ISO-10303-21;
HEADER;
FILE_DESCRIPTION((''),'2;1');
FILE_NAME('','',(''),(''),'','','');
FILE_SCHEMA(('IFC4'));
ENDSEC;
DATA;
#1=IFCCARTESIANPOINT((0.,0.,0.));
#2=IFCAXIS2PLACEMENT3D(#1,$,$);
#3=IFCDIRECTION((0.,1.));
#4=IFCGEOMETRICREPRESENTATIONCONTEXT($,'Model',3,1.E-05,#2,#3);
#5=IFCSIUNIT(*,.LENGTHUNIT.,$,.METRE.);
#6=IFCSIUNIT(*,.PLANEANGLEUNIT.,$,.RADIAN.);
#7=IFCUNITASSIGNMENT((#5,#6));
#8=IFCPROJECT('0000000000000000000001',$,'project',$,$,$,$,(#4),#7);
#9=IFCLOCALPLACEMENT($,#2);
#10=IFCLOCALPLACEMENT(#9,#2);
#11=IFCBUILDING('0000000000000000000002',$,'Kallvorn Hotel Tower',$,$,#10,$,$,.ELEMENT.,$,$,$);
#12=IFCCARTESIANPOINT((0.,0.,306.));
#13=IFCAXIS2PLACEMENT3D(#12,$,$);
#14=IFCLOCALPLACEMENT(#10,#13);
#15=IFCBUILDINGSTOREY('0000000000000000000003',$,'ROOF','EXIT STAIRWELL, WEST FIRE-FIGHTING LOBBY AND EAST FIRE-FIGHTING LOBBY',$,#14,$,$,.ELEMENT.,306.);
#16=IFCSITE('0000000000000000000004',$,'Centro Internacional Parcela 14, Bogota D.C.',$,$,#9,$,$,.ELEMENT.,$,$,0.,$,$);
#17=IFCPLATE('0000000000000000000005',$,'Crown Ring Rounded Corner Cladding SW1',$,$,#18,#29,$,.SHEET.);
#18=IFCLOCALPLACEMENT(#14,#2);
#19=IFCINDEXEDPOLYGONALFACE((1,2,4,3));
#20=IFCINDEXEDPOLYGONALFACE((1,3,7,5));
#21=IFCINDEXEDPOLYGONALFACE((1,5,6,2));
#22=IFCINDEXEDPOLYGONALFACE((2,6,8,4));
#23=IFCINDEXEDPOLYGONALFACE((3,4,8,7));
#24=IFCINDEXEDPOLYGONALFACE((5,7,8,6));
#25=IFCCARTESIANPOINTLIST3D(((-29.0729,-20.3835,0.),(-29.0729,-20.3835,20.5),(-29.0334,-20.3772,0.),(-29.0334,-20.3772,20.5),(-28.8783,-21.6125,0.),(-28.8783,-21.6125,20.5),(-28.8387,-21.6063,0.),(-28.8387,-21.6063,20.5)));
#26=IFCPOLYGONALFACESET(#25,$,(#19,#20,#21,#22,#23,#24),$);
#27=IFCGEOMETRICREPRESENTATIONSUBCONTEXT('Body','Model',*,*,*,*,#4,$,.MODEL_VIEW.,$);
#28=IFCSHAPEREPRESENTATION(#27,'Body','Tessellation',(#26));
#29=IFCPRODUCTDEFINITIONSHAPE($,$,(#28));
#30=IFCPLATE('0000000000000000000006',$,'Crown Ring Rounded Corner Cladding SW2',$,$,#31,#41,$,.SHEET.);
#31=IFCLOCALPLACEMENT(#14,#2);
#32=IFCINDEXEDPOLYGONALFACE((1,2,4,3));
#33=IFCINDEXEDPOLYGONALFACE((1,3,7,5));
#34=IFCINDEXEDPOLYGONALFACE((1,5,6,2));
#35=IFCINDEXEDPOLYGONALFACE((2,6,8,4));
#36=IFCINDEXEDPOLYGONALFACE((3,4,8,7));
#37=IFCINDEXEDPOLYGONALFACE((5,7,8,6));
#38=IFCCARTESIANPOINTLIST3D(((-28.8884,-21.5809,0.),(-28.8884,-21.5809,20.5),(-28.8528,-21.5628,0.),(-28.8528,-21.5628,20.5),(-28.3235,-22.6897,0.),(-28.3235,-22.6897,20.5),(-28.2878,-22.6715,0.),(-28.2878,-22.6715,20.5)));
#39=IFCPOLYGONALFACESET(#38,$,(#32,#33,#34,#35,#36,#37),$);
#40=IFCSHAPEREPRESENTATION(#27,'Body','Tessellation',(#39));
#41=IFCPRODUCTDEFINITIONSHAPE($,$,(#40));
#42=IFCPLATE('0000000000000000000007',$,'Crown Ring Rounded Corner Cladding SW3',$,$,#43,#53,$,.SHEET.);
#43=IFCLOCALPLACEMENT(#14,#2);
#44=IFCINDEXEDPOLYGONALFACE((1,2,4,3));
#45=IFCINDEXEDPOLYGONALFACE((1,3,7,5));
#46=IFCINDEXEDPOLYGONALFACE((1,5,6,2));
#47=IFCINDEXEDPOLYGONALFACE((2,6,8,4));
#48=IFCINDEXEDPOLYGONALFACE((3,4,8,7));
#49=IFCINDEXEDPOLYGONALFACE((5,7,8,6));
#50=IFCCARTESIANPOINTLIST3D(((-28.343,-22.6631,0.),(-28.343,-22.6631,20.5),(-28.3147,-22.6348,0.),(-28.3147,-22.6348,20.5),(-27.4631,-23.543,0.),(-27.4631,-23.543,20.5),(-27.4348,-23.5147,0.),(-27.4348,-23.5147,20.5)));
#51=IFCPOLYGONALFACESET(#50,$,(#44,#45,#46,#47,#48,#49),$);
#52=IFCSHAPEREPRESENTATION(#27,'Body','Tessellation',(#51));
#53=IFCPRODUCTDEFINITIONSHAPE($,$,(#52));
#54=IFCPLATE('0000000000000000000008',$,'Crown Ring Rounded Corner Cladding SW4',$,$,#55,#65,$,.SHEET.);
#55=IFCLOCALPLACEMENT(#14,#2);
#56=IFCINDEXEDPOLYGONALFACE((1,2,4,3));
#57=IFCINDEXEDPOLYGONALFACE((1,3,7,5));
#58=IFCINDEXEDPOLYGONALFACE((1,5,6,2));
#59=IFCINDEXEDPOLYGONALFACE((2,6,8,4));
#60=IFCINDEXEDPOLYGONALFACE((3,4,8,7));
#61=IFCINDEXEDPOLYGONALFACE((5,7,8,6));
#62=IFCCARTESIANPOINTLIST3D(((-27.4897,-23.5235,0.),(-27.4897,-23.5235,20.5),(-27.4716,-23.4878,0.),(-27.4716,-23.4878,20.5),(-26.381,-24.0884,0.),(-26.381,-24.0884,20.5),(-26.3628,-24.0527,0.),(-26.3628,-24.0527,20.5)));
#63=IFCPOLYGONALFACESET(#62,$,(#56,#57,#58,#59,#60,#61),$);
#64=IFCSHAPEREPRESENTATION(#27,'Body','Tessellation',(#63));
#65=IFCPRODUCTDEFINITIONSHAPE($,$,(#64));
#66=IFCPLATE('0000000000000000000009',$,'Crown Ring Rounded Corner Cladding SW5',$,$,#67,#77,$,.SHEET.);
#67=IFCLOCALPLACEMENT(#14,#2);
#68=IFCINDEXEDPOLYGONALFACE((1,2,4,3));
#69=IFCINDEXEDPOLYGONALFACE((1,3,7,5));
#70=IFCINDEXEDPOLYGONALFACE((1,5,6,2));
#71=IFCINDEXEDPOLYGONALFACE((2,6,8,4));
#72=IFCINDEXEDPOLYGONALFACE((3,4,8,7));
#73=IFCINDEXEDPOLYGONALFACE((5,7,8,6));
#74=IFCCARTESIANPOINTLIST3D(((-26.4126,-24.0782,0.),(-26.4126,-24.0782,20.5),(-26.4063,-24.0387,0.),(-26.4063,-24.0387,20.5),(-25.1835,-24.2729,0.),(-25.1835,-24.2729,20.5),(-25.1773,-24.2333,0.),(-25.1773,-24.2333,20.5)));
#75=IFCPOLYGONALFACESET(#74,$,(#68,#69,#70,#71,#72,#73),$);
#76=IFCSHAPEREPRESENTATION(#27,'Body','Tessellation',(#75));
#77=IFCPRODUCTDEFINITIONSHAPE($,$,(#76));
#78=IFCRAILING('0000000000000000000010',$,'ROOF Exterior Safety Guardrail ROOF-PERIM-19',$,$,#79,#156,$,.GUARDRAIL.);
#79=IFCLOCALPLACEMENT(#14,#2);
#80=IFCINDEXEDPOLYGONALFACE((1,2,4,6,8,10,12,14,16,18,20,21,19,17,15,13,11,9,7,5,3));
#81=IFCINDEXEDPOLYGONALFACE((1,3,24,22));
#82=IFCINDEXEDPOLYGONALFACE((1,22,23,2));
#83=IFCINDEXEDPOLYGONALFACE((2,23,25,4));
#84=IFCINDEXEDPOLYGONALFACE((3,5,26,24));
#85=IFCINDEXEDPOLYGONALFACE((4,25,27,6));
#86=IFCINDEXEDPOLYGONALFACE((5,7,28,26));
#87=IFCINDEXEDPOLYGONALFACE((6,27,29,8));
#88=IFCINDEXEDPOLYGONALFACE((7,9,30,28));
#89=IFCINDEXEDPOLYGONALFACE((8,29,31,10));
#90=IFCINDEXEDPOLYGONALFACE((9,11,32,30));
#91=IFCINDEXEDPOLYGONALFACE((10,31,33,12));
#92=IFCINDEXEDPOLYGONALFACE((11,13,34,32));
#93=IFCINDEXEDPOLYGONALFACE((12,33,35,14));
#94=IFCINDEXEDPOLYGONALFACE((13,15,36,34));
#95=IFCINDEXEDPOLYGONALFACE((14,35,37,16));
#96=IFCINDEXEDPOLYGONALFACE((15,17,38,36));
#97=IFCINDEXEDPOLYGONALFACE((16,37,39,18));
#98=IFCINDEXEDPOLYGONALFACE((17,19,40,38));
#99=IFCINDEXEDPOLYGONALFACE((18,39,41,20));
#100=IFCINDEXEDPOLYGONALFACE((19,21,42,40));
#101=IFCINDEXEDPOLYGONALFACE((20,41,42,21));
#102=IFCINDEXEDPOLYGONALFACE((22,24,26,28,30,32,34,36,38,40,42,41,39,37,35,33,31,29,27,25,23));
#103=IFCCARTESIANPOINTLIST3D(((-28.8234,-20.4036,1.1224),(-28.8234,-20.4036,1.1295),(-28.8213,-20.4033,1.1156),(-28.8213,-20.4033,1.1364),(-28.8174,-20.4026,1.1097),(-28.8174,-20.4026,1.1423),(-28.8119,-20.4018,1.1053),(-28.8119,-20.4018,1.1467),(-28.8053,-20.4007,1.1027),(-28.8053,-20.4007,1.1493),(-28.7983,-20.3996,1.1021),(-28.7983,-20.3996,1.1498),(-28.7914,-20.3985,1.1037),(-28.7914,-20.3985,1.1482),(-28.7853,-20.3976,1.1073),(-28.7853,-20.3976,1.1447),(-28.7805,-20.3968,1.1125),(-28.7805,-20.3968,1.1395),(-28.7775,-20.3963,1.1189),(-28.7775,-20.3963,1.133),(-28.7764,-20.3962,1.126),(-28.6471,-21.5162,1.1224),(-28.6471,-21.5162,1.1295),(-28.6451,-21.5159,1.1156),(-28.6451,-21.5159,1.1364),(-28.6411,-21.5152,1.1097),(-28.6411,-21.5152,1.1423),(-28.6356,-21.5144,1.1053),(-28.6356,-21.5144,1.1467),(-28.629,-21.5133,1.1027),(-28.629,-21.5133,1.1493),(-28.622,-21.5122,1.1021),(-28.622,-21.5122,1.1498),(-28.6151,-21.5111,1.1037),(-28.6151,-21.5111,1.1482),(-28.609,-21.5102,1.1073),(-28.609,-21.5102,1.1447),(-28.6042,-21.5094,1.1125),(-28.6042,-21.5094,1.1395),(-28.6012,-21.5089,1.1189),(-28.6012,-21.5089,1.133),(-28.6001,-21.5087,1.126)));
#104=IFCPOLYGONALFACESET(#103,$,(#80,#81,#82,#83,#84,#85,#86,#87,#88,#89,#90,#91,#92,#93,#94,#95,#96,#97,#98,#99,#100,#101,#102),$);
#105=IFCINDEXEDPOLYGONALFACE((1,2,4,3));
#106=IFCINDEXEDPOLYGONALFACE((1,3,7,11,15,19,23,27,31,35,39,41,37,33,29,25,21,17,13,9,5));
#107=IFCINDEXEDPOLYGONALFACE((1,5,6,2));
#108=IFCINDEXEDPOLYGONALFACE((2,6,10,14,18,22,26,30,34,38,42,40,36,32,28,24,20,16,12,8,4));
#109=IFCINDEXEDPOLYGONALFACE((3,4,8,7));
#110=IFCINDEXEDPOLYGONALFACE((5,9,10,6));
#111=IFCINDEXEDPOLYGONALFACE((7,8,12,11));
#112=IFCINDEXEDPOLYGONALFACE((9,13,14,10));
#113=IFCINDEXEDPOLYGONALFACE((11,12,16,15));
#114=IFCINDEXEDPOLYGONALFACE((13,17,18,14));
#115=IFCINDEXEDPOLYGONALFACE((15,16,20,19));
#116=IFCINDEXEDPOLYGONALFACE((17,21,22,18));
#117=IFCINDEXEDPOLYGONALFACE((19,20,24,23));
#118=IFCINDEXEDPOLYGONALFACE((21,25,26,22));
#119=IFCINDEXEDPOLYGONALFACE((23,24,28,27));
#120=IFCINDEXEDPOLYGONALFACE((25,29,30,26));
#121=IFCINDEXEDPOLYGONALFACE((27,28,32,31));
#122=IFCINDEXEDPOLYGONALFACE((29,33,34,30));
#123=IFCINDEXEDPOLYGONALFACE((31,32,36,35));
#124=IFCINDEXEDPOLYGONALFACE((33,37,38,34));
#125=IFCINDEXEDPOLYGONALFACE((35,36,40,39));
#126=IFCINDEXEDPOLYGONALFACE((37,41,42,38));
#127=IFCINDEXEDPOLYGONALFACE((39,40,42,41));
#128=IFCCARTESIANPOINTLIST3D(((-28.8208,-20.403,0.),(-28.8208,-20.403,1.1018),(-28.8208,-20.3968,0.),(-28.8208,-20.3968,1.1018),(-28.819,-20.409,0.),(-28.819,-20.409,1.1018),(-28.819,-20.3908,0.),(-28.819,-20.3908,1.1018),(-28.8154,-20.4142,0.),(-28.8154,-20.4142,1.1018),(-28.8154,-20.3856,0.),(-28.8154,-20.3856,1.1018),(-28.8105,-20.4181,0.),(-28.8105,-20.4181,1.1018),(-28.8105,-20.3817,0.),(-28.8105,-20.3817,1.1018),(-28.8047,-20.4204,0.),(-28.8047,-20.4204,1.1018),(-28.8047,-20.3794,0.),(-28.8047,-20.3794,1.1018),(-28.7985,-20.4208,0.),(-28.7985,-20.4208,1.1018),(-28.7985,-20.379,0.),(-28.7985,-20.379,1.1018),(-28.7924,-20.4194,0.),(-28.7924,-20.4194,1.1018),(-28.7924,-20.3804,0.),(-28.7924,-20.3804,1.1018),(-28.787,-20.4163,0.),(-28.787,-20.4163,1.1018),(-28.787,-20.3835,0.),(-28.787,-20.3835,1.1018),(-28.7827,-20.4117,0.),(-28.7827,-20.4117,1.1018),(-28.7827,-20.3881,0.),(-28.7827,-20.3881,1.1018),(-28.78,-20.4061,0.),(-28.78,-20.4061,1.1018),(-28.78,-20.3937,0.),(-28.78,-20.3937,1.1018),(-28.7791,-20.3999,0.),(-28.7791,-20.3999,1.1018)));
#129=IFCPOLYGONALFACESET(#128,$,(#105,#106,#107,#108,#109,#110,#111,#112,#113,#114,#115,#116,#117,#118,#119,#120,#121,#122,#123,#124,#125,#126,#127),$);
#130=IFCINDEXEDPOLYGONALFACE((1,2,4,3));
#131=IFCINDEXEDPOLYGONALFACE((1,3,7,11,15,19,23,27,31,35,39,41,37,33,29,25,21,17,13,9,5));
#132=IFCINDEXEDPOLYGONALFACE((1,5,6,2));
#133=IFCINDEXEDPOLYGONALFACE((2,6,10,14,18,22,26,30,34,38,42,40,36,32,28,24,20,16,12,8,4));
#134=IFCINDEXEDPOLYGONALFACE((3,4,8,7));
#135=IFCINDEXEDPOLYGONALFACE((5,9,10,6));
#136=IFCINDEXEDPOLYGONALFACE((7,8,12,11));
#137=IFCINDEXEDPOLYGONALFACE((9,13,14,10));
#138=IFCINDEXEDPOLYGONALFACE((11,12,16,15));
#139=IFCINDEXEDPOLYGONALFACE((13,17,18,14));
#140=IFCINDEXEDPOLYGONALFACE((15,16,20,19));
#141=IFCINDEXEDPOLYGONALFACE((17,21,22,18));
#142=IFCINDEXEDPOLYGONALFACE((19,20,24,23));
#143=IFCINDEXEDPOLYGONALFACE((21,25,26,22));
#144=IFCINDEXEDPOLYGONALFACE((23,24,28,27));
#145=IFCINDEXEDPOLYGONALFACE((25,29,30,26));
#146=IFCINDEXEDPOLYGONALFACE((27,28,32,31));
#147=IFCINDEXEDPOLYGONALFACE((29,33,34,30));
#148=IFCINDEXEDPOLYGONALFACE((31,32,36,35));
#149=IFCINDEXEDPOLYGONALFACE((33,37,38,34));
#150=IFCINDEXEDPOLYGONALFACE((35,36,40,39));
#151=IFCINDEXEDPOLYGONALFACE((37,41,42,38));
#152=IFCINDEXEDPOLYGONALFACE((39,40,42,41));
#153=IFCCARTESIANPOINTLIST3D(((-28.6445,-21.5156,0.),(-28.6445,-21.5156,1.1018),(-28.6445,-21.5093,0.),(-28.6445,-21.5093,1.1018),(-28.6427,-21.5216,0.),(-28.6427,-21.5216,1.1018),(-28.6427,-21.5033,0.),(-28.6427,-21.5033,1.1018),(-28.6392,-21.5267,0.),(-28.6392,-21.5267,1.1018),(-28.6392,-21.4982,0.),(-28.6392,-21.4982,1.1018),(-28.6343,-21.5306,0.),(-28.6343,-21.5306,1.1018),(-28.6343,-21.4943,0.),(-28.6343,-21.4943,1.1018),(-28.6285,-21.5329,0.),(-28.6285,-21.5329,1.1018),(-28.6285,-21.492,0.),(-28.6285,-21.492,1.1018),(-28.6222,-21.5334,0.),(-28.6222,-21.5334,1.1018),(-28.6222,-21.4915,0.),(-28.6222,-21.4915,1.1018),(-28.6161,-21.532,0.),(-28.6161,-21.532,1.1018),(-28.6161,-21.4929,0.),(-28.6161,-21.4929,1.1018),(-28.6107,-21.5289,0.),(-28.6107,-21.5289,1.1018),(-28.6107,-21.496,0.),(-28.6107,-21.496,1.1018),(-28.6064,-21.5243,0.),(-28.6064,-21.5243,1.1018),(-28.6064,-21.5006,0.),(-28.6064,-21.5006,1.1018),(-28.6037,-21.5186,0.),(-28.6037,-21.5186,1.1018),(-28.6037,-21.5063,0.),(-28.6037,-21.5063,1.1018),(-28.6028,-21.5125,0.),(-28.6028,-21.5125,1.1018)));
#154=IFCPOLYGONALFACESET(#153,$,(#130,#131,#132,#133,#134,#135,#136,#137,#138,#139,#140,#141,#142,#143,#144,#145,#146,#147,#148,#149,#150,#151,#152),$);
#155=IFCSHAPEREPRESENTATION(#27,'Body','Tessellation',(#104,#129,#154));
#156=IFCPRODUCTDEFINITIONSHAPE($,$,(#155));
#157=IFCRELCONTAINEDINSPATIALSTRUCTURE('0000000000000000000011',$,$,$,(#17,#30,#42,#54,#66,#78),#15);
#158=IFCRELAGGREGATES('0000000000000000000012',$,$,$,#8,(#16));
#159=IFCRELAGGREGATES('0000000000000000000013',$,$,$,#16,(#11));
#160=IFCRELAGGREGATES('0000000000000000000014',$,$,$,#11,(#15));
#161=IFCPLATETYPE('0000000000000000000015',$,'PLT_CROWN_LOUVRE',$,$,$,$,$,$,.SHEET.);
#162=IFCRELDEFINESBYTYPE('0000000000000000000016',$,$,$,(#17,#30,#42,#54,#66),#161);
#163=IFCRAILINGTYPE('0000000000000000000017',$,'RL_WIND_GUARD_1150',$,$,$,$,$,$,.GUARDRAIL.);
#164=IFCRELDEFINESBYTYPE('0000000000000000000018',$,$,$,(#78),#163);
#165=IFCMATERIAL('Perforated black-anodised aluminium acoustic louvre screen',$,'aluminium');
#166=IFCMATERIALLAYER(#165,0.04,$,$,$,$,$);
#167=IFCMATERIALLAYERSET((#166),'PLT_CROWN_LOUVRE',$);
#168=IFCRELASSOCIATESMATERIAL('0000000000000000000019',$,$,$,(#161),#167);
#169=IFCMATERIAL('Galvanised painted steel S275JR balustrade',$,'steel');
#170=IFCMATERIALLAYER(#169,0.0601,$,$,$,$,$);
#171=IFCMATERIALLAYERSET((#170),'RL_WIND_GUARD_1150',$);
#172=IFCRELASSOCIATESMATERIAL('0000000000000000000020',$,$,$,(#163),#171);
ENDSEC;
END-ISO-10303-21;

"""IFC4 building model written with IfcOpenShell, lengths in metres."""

from ifc_helpers import new_model, si_unit, direction, frame, origin, origin_2d, place, context, subcontext, project, spatial, rectangle, circle, extrude, material, layer, layer_set, type_object, element, save


model = new_model("IFC4")

# Units and contexts
model_context = context("Model", 3, precision=1e-05, world=origin(), true_north=direction((0.0, 1.0)))
body_context = subcontext(model_context, "Body", "Model", "MODEL_VIEW")
ifc_project = project(units=[si_unit("LENGTHUNIT", "METRE"), si_unit("PLANEANGLEUNIT", "RADIAN")], contexts=[model_context])

# Site, building, storey
site_placement = place(None, origin())
site = spatial("IfcSite", under=ifc_project, at=site_placement, Name="Centro Internacional Parcela 14, Bogota D.C.", CompositionType="ELEMENT", RefElevation=0.0)
building_placement = place(site_placement, origin())
building = spatial("IfcBuilding", under=site, at=building_placement, Name="Kallvorn Hotel Tower", CompositionType="ELEMENT")
storey_placement = place(building_placement, frame((0.0, 0.0, 306.0)))
storey = spatial("IfcBuildingStorey", under=building, at=storey_placement, Name="ROOF", Description="EXIT STAIRWELL, WEST FIRE-FIGHTING LOBBY AND EAST FIRE-FIGHTING LOBBY", CompositionType="ELEMENT", Elevation=306.0)

# Plates
ifc_material_1 = material(Name="Perforated black-anodised aluminium acoustic louvre screen", Category="aluminium")
ifc_layer_1 = layer(ifc_material_1, 0.04)
ifc_layer_set_1 = layer_set([ifc_layer_1], Name="PLT_CROWN_LOUVRE")
plate_type_1 = type_object("IfcPlateType", Name="PLT_CROWN_LOUVRE", PredefinedType="SHEET", material=ifc_layer_set_1)
for number, where, z_axis, x_axis, name in (
    (1, (-28.9558, -20.9949, 0.0), (0.0, 0.0, 1.0), (0.156434, -0.987688, 0.0), "Crown Ring Rounded Corner Cladding SW1"),
    (2, (-28.5881, -22.1262, 0.0), (0.0, 0.0, 1.0), (0.45399, -0.891007, 0.0), "Crown Ring Rounded Corner Cladding SW2"),
    (3, (-27.8889, -23.0889, 0.0), (0.0, 0.0, 1.0), (0.707107, -0.707107, 0.0), "Crown Ring Rounded Corner Cladding SW3"),
    (4, (-26.9263, -23.7881, 0.0), (0.0, 0.0, 1.0), (0.891007, -0.45399, 0.0), "Crown Ring Rounded Corner Cladding SW4"),
    (5, (-25.7949, -24.1558, 0.0), (0.0, 0.0, 1.0), (0.987688, -0.156434, 0.0), "Crown Ring Rounded Corner Cladding SW5"),
):
    element("IfcPlate", number, at=place(storey_placement, frame(where, z_axis=z_axis, x_axis=x_axis)), inside=storey, type_object=plate_type_1, Name=name, PredefinedType="SHEET", context=body_context, shape_type="SweptSolid", body=[
        extrude(rectangle(XDim=1.2444, YDim=0.04, at=origin_2d()), origin(), (0.0, 0.0, 1.0), 20.5),
    ])

# Railing
ifc_material_2 = material(Name="Galvanised painted steel S275JR balustrade", Category="steel")
ifc_layer_2 = layer(ifc_material_2, 0.0601)
ifc_layer_set_2 = layer_set([ifc_layer_2], Name="RL_WIND_GUARD_1150")
railing_type = type_object("IfcRailingType", Name="RL_WIND_GUARD_1150", PredefinedType="GUARDRAIL", material=ifc_layer_set_2)
railing_1_placement = place(storey_placement, frame((-28.8, -20.3999, 0.0)))
element("IfcRailing", 6, at=railing_1_placement, inside=storey, type_object=railing_type, Name="ROOF Exterior Safety Guardrail ROOF-PERIM-19", PredefinedType="GUARDRAIL", context=body_context, shape_type="SweptSolid", body=[
    extrude(circle(Radius=0.0239, at=origin_2d()), frame((0.0, 0.0, 1.126), z_axis=(0.156486, -0.98768, 0.0), x_axis=(0.98768, 0.156486, 0.0)), (0.0, 0.0, 1.0), 1.1265),
    extrude(circle(Radius=0.021, at=origin_2d()), origin(), (0.0, 0.0, 1.0), 1.1018),
    extrude(circle(Radius=0.021, at=origin_2d()), frame((0.1763, -1.1125, 0.0)), (0.0, 0.0, 1.0), 1.1018),
])

save(model, "model.ifc")
